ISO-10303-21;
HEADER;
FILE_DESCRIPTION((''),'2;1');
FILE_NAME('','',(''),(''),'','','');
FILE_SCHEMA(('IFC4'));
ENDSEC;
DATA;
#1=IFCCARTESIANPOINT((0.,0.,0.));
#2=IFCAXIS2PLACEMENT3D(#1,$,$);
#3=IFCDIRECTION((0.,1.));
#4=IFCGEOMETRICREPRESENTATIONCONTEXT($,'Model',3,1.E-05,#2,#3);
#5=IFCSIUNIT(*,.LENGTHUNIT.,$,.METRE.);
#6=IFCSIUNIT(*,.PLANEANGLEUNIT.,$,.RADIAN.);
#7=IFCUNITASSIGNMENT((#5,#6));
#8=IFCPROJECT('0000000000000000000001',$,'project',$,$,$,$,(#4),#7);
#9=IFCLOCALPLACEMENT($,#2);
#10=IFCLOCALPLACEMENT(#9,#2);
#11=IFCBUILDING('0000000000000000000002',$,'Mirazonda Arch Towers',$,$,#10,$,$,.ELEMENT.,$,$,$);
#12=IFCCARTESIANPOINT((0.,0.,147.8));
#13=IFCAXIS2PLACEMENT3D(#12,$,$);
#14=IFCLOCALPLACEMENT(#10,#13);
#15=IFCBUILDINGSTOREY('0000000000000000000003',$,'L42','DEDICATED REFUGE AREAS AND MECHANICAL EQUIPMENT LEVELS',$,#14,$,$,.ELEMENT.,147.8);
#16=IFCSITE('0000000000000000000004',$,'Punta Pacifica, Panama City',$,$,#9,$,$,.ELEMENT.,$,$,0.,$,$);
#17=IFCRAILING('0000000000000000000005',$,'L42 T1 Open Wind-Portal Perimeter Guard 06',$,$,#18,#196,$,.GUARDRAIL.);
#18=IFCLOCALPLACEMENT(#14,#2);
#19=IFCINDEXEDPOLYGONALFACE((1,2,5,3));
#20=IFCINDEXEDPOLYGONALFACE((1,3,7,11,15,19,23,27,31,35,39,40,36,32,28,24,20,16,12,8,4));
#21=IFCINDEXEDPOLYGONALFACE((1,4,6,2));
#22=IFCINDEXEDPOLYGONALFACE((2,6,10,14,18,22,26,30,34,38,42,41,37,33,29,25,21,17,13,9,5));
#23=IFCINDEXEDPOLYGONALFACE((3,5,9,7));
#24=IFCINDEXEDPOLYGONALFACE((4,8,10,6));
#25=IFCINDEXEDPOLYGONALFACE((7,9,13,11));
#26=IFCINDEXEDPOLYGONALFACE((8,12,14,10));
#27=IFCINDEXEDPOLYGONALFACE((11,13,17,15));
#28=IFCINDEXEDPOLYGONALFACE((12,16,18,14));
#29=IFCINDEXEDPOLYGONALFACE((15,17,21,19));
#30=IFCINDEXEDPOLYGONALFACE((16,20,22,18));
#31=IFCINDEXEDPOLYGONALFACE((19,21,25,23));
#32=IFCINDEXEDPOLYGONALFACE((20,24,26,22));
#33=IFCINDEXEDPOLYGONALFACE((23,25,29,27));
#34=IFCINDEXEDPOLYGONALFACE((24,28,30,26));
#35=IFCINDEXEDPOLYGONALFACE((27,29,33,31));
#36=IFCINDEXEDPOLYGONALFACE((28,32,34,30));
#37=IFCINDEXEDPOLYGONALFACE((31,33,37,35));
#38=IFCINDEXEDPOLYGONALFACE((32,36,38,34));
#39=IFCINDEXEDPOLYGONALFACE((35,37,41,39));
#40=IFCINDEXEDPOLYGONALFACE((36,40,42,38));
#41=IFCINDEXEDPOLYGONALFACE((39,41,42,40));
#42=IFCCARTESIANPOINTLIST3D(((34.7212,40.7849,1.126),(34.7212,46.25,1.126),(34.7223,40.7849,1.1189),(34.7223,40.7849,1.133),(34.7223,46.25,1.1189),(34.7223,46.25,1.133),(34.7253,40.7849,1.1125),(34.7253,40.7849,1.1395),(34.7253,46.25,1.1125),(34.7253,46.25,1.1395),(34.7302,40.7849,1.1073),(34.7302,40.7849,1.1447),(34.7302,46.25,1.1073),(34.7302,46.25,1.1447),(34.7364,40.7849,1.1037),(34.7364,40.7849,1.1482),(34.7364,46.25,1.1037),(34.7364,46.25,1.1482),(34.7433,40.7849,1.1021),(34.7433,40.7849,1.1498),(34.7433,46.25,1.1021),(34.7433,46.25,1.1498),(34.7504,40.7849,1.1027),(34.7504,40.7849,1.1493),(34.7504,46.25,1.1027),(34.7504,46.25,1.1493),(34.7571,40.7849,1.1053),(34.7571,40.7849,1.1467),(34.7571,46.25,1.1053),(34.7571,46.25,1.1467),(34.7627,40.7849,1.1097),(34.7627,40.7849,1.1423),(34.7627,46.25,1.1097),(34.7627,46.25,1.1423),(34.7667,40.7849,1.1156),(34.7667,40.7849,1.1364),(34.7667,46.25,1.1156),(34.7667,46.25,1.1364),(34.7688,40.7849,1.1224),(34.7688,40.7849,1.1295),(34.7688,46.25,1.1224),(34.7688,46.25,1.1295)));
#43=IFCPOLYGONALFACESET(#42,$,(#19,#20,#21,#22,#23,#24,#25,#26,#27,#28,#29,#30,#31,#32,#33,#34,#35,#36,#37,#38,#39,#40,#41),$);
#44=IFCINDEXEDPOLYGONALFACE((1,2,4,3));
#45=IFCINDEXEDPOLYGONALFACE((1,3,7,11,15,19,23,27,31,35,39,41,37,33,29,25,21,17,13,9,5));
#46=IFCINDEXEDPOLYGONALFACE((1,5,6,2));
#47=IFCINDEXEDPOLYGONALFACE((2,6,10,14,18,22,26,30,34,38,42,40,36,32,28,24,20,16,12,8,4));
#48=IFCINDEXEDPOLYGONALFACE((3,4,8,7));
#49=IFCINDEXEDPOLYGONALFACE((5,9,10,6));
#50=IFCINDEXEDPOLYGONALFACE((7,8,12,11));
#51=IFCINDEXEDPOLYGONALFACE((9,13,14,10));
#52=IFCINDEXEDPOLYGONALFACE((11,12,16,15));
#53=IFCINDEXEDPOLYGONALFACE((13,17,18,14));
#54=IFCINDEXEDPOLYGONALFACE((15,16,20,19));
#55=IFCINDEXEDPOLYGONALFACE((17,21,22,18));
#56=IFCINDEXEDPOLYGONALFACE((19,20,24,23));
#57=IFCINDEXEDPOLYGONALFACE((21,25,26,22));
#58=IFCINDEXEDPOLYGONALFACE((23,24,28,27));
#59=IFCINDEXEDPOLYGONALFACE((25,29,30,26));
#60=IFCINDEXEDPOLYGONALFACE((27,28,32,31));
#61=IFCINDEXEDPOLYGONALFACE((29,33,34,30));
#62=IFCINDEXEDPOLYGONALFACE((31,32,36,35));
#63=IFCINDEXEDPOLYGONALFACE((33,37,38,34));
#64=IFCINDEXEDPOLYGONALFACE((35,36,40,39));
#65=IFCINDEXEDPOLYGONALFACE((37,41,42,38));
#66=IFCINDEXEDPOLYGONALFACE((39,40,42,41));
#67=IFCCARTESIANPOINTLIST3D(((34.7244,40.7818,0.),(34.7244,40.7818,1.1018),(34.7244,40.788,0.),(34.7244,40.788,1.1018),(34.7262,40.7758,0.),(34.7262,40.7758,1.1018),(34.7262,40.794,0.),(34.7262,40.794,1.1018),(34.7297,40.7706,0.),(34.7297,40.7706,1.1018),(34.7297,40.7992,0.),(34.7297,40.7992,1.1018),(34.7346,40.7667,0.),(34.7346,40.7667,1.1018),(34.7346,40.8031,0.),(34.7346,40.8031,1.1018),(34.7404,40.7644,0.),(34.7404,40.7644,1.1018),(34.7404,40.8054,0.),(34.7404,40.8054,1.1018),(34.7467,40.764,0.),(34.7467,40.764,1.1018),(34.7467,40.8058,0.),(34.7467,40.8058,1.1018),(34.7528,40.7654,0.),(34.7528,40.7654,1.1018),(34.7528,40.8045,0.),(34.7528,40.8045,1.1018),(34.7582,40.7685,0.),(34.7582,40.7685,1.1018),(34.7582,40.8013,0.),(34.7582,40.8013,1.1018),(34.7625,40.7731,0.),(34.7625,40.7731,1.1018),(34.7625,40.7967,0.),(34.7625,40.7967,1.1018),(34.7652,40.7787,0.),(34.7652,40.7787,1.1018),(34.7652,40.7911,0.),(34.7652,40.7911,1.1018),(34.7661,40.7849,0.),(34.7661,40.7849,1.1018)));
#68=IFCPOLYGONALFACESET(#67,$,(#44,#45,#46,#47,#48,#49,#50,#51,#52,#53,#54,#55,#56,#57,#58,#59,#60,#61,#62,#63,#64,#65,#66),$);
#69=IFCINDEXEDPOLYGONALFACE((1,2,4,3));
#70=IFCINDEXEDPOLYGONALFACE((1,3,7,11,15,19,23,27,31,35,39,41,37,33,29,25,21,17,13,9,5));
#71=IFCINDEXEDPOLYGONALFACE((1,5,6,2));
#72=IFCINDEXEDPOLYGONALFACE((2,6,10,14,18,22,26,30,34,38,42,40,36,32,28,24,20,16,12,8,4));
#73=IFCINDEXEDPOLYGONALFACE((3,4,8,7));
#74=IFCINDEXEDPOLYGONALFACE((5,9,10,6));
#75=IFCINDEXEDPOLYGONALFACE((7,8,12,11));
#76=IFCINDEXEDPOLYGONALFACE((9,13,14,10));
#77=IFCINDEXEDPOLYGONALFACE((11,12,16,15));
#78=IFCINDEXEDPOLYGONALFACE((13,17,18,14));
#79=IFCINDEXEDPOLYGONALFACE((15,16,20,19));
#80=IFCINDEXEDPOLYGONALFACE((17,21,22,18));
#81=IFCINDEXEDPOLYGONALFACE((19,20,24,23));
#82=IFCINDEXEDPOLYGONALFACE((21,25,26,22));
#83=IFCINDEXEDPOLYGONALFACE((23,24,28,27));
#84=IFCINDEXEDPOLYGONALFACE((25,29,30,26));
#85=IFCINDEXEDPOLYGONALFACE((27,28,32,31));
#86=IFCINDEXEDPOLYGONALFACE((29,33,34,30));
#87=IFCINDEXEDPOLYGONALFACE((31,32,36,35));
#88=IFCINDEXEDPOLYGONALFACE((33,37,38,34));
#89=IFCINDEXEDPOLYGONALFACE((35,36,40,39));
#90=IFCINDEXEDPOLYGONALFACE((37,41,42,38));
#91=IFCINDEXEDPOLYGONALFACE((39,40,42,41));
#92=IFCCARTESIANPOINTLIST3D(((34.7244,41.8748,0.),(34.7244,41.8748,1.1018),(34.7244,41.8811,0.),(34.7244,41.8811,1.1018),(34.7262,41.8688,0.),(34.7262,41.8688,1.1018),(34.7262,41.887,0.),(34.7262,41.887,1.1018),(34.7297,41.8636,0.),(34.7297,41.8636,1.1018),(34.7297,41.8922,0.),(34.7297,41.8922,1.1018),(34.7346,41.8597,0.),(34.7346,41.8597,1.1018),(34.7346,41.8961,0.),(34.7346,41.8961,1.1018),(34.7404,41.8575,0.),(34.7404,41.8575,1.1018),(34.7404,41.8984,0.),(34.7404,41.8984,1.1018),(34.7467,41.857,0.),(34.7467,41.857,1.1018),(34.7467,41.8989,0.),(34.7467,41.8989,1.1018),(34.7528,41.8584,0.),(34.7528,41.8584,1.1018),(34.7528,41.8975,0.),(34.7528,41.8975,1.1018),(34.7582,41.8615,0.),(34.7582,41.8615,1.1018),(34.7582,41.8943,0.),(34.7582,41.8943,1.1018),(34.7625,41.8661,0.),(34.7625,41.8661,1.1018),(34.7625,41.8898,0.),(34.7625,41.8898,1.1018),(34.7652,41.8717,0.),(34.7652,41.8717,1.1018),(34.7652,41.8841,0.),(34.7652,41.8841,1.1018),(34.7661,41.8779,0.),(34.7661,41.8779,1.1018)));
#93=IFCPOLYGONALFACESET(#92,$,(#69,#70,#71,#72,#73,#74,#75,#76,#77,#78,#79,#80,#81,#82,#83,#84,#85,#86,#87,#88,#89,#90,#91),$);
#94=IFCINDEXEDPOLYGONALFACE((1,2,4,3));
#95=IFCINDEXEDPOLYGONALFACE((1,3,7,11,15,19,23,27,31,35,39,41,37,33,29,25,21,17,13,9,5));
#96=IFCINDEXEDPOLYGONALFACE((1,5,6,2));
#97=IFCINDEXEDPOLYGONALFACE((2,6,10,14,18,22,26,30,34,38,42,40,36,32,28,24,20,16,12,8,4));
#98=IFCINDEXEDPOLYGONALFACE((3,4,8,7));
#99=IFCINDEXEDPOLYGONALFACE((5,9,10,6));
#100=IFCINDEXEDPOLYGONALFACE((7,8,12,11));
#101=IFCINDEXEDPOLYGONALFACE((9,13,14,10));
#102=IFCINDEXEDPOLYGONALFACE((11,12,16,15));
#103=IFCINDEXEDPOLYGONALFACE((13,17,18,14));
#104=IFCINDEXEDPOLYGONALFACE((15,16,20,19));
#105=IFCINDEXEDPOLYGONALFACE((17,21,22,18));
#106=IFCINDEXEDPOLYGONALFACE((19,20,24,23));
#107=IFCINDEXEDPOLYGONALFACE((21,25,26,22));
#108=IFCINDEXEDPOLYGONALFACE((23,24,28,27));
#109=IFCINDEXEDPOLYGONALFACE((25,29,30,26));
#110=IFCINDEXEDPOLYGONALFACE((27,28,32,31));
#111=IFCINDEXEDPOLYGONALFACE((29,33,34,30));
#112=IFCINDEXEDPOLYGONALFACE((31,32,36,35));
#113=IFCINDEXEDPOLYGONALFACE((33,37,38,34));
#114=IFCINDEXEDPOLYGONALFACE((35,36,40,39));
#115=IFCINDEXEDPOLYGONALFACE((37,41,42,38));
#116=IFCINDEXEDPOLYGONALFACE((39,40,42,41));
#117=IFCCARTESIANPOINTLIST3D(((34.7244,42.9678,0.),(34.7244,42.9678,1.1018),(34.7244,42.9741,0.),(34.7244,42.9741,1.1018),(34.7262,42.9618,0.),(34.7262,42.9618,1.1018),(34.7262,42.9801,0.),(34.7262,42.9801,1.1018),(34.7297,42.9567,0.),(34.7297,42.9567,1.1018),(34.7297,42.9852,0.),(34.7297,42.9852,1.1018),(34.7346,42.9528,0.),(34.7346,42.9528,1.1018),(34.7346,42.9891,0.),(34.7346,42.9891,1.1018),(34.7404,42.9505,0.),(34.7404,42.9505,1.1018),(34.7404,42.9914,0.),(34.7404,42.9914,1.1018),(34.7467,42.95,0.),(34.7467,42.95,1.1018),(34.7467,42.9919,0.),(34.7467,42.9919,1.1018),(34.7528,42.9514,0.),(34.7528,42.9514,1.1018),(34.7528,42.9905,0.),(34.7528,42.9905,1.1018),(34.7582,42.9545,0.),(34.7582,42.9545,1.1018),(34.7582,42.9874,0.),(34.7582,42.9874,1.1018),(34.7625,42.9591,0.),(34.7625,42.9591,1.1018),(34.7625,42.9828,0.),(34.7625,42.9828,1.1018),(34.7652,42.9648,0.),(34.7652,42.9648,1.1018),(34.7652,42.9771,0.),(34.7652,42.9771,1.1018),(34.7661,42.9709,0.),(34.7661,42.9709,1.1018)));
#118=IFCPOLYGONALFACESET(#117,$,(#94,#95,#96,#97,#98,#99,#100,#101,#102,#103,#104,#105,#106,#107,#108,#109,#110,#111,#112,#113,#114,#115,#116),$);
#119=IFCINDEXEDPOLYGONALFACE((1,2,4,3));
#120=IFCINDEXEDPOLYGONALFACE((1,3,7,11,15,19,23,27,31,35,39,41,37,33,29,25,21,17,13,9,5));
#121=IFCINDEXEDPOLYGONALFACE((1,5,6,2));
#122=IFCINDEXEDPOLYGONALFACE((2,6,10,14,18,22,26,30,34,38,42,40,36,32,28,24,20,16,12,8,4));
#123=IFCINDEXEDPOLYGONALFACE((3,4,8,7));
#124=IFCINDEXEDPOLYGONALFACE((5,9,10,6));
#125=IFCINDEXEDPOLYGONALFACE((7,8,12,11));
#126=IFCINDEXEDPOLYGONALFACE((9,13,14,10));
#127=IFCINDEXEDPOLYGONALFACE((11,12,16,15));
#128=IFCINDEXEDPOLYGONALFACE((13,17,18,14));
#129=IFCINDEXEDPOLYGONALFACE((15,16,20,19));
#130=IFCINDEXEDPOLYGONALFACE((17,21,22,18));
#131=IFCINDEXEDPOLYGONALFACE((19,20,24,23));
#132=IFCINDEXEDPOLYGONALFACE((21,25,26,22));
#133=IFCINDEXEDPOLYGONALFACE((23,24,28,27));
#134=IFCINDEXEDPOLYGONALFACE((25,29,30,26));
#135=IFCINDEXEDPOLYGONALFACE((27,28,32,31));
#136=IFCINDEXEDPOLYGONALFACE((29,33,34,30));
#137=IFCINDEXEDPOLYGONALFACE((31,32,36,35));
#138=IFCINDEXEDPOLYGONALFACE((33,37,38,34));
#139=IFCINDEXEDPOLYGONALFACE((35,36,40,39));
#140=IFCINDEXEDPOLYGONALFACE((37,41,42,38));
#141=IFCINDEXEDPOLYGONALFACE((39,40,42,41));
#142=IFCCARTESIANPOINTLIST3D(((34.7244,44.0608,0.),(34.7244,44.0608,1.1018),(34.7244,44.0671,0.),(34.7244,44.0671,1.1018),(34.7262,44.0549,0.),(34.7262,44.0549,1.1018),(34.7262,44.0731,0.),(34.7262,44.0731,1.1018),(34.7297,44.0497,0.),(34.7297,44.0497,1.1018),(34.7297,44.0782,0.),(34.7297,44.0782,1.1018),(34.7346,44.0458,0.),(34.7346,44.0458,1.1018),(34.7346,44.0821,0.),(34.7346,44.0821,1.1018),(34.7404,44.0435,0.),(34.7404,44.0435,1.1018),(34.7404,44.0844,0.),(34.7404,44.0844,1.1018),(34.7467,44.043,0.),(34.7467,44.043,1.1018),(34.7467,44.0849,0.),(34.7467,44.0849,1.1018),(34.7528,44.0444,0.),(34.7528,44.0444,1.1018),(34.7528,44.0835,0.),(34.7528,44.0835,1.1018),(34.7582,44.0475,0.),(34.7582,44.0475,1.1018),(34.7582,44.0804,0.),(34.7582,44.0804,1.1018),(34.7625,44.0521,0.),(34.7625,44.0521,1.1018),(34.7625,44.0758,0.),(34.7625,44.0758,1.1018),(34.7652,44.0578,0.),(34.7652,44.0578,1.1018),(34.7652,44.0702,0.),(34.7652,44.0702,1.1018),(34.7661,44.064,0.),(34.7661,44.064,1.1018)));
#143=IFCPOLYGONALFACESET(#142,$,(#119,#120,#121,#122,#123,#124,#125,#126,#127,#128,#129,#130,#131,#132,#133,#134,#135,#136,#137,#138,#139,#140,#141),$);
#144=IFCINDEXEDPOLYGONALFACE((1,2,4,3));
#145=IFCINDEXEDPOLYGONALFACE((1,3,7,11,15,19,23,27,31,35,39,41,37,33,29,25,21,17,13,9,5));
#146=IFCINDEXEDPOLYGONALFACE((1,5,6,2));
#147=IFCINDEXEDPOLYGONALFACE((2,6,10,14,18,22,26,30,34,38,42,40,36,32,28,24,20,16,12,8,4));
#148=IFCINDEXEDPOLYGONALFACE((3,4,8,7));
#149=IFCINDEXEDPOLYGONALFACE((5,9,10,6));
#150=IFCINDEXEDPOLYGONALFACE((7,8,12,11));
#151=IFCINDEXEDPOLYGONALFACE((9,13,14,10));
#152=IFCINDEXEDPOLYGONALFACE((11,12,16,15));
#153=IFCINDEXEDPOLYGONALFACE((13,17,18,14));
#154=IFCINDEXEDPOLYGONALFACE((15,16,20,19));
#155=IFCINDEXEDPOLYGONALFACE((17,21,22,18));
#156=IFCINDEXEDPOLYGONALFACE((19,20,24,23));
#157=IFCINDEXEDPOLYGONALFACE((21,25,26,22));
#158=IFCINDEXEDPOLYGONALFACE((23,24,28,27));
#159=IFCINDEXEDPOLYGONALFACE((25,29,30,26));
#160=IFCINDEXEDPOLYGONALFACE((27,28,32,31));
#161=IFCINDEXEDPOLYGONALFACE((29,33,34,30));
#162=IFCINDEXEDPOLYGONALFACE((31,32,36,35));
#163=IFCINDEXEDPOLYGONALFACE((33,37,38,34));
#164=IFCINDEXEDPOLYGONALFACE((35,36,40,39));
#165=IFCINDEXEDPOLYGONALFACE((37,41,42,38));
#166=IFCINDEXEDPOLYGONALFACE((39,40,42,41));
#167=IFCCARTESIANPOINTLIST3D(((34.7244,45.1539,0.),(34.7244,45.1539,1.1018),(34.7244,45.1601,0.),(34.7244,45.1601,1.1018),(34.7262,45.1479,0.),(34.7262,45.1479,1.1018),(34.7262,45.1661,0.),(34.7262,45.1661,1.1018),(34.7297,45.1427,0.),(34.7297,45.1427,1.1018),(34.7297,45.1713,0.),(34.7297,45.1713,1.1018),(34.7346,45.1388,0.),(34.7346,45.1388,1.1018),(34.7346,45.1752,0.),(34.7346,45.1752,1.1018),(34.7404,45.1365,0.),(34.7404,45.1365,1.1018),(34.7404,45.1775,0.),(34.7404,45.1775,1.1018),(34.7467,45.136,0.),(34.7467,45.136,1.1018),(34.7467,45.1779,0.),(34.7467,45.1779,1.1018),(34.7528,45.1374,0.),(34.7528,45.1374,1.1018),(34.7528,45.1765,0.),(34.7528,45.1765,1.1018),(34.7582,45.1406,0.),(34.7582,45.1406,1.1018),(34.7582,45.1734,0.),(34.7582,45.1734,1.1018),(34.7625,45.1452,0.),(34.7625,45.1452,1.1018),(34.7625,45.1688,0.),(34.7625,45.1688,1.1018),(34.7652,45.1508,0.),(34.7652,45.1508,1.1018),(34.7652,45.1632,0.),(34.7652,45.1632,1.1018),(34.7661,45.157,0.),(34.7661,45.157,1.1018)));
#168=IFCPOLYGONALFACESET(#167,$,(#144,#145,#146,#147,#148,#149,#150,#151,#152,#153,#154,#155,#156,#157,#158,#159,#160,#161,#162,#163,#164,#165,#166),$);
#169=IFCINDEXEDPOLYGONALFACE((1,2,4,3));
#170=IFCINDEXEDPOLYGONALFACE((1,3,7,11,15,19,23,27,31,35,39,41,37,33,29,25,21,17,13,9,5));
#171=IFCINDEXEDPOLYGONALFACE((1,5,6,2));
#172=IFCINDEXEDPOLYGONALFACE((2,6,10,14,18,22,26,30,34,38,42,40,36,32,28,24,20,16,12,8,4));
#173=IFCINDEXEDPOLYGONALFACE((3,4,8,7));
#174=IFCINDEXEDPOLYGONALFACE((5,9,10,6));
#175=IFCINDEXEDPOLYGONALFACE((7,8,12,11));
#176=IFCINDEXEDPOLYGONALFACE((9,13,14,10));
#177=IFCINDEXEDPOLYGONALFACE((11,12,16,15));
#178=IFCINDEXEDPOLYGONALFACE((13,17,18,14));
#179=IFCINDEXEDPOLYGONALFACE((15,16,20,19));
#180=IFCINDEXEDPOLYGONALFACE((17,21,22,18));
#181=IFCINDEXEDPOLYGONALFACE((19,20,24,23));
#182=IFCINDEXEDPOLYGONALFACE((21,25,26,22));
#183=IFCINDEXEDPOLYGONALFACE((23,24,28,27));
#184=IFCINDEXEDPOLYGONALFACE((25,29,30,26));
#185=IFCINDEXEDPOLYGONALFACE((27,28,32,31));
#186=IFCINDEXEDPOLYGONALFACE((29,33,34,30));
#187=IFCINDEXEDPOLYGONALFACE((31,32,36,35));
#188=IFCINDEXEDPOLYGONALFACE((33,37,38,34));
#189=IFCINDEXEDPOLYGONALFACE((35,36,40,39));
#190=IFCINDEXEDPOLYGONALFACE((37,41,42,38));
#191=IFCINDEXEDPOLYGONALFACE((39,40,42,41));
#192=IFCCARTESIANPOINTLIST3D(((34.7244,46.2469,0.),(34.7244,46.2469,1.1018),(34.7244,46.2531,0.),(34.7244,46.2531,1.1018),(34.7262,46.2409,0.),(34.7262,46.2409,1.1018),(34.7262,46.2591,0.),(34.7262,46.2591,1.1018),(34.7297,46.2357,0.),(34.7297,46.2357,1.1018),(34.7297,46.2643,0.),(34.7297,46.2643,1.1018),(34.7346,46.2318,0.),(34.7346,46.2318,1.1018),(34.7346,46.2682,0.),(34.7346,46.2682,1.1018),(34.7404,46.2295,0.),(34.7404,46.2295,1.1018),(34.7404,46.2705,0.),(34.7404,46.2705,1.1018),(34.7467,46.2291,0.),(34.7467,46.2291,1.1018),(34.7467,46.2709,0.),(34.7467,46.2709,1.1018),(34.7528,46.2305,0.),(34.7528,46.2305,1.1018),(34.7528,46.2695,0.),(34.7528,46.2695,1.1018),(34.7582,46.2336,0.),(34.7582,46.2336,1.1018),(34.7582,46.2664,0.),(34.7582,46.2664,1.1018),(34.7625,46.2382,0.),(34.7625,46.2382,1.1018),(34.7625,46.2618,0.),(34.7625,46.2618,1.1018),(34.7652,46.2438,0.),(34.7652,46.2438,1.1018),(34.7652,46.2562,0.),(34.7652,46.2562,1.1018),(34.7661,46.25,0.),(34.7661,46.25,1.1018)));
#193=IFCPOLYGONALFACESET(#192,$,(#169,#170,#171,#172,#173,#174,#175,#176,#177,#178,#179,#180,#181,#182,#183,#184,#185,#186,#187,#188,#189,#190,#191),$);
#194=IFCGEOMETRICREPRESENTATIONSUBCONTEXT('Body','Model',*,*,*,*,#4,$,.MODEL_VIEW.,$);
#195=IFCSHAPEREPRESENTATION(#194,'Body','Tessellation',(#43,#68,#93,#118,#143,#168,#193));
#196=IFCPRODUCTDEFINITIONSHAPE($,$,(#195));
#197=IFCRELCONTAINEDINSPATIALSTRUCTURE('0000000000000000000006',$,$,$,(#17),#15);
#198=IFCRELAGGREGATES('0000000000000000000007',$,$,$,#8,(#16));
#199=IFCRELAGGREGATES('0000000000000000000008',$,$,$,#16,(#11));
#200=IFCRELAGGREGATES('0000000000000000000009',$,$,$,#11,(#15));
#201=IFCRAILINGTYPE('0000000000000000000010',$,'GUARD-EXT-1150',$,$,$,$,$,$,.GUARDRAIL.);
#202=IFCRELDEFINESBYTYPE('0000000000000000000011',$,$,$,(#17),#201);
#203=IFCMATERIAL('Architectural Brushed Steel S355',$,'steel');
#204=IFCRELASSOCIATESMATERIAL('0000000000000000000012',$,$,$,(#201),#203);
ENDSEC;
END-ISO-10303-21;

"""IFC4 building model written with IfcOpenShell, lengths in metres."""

from ifc_helpers import new_model, si_unit, direction, frame, origin, origin_2d, place, context, subcontext, project, spatial, circle, extrude, material, type_object, element, save


model = new_model("IFC4")

# Units and contexts
model_context = context("Model", 3, precision=1e-05, world=origin(), true_north=direction((0.0, 1.0)))
body_context = subcontext(model_context, "Body", "Model", "MODEL_VIEW")
ifc_project = project(units=[si_unit("LENGTHUNIT", "METRE"), si_unit("PLANEANGLEUNIT", "RADIAN")], contexts=[model_context])

# Site, building, storey
site_placement = place(None, origin())
site = spatial("IfcSite", under=ifc_project, at=site_placement, Name="Punta Pacifica, Panama City", CompositionType="ELEMENT", RefElevation=0.0)
building_placement = place(site_placement, origin())
building = spatial("IfcBuilding", under=site, at=building_placement, Name="Mirazonda Arch Towers", CompositionType="ELEMENT")
storey_placement = place(building_placement, frame((0.0, 0.0, 147.8)))
storey = spatial("IfcBuildingStorey", under=building, at=storey_placement, Name="L42", Description="DEDICATED REFUGE AREAS AND MECHANICAL EQUIPMENT LEVELS", CompositionType="ELEMENT", Elevation=147.8)

# Railing
ifc_material_1 = material(Name="Architectural Brushed Steel S355", Category="steel")
railing_type = type_object("IfcRailingType", Name="GUARD-EXT-1150", PredefinedType="GUARDRAIL", material=ifc_material_1)
railing_1_placement = place(storey_placement, frame((34.7451, 40.7849, 0.0)))
element("IfcRailing", 1, at=railing_1_placement, inside=storey, type_object=railing_type, Name="L42 T1 Open Wind-Portal Perimeter Guard 06", PredefinedType="GUARDRAIL", context=body_context, shape_type="SweptSolid", body=[
    extrude(circle(Radius=0.0239, at=origin_2d()), frame((0.0, 0.0, 1.126), z_axis=(0.0, 1.0, 0.0), x_axis=(-1.0, 0.0, 0.0)), (0.0, 0.0, 1.0), 5.4651),
    extrude(circle(Radius=0.021, at=origin_2d()), origin(), (0.0, 0.0, 1.0), 1.1018),
    extrude(circle(Radius=0.021, at=origin_2d()), frame((0.0, 1.093, 0.0)), (0.0, 0.0, 1.0), 1.1018),
    extrude(circle(Radius=0.021, at=origin_2d()), frame((0.0, 2.186, 0.0)), (0.0, 0.0, 1.0), 1.1018),
    extrude(circle(Radius=0.021, at=origin_2d()), frame((0.0, 3.2791, 0.0)), (0.0, 0.0, 1.0), 1.1018),
    extrude(circle(Radius=0.021, at=origin_2d()), frame((0.0, 4.3721, 0.0)), (0.0, 0.0, 1.0), 1.1018),
    extrude(circle(Radius=0.021, at=origin_2d()), frame((0.0, 5.4651, 0.0)), (0.0, 0.0, 1.0), 1.1018),
])

save(model, "model.ifc")
